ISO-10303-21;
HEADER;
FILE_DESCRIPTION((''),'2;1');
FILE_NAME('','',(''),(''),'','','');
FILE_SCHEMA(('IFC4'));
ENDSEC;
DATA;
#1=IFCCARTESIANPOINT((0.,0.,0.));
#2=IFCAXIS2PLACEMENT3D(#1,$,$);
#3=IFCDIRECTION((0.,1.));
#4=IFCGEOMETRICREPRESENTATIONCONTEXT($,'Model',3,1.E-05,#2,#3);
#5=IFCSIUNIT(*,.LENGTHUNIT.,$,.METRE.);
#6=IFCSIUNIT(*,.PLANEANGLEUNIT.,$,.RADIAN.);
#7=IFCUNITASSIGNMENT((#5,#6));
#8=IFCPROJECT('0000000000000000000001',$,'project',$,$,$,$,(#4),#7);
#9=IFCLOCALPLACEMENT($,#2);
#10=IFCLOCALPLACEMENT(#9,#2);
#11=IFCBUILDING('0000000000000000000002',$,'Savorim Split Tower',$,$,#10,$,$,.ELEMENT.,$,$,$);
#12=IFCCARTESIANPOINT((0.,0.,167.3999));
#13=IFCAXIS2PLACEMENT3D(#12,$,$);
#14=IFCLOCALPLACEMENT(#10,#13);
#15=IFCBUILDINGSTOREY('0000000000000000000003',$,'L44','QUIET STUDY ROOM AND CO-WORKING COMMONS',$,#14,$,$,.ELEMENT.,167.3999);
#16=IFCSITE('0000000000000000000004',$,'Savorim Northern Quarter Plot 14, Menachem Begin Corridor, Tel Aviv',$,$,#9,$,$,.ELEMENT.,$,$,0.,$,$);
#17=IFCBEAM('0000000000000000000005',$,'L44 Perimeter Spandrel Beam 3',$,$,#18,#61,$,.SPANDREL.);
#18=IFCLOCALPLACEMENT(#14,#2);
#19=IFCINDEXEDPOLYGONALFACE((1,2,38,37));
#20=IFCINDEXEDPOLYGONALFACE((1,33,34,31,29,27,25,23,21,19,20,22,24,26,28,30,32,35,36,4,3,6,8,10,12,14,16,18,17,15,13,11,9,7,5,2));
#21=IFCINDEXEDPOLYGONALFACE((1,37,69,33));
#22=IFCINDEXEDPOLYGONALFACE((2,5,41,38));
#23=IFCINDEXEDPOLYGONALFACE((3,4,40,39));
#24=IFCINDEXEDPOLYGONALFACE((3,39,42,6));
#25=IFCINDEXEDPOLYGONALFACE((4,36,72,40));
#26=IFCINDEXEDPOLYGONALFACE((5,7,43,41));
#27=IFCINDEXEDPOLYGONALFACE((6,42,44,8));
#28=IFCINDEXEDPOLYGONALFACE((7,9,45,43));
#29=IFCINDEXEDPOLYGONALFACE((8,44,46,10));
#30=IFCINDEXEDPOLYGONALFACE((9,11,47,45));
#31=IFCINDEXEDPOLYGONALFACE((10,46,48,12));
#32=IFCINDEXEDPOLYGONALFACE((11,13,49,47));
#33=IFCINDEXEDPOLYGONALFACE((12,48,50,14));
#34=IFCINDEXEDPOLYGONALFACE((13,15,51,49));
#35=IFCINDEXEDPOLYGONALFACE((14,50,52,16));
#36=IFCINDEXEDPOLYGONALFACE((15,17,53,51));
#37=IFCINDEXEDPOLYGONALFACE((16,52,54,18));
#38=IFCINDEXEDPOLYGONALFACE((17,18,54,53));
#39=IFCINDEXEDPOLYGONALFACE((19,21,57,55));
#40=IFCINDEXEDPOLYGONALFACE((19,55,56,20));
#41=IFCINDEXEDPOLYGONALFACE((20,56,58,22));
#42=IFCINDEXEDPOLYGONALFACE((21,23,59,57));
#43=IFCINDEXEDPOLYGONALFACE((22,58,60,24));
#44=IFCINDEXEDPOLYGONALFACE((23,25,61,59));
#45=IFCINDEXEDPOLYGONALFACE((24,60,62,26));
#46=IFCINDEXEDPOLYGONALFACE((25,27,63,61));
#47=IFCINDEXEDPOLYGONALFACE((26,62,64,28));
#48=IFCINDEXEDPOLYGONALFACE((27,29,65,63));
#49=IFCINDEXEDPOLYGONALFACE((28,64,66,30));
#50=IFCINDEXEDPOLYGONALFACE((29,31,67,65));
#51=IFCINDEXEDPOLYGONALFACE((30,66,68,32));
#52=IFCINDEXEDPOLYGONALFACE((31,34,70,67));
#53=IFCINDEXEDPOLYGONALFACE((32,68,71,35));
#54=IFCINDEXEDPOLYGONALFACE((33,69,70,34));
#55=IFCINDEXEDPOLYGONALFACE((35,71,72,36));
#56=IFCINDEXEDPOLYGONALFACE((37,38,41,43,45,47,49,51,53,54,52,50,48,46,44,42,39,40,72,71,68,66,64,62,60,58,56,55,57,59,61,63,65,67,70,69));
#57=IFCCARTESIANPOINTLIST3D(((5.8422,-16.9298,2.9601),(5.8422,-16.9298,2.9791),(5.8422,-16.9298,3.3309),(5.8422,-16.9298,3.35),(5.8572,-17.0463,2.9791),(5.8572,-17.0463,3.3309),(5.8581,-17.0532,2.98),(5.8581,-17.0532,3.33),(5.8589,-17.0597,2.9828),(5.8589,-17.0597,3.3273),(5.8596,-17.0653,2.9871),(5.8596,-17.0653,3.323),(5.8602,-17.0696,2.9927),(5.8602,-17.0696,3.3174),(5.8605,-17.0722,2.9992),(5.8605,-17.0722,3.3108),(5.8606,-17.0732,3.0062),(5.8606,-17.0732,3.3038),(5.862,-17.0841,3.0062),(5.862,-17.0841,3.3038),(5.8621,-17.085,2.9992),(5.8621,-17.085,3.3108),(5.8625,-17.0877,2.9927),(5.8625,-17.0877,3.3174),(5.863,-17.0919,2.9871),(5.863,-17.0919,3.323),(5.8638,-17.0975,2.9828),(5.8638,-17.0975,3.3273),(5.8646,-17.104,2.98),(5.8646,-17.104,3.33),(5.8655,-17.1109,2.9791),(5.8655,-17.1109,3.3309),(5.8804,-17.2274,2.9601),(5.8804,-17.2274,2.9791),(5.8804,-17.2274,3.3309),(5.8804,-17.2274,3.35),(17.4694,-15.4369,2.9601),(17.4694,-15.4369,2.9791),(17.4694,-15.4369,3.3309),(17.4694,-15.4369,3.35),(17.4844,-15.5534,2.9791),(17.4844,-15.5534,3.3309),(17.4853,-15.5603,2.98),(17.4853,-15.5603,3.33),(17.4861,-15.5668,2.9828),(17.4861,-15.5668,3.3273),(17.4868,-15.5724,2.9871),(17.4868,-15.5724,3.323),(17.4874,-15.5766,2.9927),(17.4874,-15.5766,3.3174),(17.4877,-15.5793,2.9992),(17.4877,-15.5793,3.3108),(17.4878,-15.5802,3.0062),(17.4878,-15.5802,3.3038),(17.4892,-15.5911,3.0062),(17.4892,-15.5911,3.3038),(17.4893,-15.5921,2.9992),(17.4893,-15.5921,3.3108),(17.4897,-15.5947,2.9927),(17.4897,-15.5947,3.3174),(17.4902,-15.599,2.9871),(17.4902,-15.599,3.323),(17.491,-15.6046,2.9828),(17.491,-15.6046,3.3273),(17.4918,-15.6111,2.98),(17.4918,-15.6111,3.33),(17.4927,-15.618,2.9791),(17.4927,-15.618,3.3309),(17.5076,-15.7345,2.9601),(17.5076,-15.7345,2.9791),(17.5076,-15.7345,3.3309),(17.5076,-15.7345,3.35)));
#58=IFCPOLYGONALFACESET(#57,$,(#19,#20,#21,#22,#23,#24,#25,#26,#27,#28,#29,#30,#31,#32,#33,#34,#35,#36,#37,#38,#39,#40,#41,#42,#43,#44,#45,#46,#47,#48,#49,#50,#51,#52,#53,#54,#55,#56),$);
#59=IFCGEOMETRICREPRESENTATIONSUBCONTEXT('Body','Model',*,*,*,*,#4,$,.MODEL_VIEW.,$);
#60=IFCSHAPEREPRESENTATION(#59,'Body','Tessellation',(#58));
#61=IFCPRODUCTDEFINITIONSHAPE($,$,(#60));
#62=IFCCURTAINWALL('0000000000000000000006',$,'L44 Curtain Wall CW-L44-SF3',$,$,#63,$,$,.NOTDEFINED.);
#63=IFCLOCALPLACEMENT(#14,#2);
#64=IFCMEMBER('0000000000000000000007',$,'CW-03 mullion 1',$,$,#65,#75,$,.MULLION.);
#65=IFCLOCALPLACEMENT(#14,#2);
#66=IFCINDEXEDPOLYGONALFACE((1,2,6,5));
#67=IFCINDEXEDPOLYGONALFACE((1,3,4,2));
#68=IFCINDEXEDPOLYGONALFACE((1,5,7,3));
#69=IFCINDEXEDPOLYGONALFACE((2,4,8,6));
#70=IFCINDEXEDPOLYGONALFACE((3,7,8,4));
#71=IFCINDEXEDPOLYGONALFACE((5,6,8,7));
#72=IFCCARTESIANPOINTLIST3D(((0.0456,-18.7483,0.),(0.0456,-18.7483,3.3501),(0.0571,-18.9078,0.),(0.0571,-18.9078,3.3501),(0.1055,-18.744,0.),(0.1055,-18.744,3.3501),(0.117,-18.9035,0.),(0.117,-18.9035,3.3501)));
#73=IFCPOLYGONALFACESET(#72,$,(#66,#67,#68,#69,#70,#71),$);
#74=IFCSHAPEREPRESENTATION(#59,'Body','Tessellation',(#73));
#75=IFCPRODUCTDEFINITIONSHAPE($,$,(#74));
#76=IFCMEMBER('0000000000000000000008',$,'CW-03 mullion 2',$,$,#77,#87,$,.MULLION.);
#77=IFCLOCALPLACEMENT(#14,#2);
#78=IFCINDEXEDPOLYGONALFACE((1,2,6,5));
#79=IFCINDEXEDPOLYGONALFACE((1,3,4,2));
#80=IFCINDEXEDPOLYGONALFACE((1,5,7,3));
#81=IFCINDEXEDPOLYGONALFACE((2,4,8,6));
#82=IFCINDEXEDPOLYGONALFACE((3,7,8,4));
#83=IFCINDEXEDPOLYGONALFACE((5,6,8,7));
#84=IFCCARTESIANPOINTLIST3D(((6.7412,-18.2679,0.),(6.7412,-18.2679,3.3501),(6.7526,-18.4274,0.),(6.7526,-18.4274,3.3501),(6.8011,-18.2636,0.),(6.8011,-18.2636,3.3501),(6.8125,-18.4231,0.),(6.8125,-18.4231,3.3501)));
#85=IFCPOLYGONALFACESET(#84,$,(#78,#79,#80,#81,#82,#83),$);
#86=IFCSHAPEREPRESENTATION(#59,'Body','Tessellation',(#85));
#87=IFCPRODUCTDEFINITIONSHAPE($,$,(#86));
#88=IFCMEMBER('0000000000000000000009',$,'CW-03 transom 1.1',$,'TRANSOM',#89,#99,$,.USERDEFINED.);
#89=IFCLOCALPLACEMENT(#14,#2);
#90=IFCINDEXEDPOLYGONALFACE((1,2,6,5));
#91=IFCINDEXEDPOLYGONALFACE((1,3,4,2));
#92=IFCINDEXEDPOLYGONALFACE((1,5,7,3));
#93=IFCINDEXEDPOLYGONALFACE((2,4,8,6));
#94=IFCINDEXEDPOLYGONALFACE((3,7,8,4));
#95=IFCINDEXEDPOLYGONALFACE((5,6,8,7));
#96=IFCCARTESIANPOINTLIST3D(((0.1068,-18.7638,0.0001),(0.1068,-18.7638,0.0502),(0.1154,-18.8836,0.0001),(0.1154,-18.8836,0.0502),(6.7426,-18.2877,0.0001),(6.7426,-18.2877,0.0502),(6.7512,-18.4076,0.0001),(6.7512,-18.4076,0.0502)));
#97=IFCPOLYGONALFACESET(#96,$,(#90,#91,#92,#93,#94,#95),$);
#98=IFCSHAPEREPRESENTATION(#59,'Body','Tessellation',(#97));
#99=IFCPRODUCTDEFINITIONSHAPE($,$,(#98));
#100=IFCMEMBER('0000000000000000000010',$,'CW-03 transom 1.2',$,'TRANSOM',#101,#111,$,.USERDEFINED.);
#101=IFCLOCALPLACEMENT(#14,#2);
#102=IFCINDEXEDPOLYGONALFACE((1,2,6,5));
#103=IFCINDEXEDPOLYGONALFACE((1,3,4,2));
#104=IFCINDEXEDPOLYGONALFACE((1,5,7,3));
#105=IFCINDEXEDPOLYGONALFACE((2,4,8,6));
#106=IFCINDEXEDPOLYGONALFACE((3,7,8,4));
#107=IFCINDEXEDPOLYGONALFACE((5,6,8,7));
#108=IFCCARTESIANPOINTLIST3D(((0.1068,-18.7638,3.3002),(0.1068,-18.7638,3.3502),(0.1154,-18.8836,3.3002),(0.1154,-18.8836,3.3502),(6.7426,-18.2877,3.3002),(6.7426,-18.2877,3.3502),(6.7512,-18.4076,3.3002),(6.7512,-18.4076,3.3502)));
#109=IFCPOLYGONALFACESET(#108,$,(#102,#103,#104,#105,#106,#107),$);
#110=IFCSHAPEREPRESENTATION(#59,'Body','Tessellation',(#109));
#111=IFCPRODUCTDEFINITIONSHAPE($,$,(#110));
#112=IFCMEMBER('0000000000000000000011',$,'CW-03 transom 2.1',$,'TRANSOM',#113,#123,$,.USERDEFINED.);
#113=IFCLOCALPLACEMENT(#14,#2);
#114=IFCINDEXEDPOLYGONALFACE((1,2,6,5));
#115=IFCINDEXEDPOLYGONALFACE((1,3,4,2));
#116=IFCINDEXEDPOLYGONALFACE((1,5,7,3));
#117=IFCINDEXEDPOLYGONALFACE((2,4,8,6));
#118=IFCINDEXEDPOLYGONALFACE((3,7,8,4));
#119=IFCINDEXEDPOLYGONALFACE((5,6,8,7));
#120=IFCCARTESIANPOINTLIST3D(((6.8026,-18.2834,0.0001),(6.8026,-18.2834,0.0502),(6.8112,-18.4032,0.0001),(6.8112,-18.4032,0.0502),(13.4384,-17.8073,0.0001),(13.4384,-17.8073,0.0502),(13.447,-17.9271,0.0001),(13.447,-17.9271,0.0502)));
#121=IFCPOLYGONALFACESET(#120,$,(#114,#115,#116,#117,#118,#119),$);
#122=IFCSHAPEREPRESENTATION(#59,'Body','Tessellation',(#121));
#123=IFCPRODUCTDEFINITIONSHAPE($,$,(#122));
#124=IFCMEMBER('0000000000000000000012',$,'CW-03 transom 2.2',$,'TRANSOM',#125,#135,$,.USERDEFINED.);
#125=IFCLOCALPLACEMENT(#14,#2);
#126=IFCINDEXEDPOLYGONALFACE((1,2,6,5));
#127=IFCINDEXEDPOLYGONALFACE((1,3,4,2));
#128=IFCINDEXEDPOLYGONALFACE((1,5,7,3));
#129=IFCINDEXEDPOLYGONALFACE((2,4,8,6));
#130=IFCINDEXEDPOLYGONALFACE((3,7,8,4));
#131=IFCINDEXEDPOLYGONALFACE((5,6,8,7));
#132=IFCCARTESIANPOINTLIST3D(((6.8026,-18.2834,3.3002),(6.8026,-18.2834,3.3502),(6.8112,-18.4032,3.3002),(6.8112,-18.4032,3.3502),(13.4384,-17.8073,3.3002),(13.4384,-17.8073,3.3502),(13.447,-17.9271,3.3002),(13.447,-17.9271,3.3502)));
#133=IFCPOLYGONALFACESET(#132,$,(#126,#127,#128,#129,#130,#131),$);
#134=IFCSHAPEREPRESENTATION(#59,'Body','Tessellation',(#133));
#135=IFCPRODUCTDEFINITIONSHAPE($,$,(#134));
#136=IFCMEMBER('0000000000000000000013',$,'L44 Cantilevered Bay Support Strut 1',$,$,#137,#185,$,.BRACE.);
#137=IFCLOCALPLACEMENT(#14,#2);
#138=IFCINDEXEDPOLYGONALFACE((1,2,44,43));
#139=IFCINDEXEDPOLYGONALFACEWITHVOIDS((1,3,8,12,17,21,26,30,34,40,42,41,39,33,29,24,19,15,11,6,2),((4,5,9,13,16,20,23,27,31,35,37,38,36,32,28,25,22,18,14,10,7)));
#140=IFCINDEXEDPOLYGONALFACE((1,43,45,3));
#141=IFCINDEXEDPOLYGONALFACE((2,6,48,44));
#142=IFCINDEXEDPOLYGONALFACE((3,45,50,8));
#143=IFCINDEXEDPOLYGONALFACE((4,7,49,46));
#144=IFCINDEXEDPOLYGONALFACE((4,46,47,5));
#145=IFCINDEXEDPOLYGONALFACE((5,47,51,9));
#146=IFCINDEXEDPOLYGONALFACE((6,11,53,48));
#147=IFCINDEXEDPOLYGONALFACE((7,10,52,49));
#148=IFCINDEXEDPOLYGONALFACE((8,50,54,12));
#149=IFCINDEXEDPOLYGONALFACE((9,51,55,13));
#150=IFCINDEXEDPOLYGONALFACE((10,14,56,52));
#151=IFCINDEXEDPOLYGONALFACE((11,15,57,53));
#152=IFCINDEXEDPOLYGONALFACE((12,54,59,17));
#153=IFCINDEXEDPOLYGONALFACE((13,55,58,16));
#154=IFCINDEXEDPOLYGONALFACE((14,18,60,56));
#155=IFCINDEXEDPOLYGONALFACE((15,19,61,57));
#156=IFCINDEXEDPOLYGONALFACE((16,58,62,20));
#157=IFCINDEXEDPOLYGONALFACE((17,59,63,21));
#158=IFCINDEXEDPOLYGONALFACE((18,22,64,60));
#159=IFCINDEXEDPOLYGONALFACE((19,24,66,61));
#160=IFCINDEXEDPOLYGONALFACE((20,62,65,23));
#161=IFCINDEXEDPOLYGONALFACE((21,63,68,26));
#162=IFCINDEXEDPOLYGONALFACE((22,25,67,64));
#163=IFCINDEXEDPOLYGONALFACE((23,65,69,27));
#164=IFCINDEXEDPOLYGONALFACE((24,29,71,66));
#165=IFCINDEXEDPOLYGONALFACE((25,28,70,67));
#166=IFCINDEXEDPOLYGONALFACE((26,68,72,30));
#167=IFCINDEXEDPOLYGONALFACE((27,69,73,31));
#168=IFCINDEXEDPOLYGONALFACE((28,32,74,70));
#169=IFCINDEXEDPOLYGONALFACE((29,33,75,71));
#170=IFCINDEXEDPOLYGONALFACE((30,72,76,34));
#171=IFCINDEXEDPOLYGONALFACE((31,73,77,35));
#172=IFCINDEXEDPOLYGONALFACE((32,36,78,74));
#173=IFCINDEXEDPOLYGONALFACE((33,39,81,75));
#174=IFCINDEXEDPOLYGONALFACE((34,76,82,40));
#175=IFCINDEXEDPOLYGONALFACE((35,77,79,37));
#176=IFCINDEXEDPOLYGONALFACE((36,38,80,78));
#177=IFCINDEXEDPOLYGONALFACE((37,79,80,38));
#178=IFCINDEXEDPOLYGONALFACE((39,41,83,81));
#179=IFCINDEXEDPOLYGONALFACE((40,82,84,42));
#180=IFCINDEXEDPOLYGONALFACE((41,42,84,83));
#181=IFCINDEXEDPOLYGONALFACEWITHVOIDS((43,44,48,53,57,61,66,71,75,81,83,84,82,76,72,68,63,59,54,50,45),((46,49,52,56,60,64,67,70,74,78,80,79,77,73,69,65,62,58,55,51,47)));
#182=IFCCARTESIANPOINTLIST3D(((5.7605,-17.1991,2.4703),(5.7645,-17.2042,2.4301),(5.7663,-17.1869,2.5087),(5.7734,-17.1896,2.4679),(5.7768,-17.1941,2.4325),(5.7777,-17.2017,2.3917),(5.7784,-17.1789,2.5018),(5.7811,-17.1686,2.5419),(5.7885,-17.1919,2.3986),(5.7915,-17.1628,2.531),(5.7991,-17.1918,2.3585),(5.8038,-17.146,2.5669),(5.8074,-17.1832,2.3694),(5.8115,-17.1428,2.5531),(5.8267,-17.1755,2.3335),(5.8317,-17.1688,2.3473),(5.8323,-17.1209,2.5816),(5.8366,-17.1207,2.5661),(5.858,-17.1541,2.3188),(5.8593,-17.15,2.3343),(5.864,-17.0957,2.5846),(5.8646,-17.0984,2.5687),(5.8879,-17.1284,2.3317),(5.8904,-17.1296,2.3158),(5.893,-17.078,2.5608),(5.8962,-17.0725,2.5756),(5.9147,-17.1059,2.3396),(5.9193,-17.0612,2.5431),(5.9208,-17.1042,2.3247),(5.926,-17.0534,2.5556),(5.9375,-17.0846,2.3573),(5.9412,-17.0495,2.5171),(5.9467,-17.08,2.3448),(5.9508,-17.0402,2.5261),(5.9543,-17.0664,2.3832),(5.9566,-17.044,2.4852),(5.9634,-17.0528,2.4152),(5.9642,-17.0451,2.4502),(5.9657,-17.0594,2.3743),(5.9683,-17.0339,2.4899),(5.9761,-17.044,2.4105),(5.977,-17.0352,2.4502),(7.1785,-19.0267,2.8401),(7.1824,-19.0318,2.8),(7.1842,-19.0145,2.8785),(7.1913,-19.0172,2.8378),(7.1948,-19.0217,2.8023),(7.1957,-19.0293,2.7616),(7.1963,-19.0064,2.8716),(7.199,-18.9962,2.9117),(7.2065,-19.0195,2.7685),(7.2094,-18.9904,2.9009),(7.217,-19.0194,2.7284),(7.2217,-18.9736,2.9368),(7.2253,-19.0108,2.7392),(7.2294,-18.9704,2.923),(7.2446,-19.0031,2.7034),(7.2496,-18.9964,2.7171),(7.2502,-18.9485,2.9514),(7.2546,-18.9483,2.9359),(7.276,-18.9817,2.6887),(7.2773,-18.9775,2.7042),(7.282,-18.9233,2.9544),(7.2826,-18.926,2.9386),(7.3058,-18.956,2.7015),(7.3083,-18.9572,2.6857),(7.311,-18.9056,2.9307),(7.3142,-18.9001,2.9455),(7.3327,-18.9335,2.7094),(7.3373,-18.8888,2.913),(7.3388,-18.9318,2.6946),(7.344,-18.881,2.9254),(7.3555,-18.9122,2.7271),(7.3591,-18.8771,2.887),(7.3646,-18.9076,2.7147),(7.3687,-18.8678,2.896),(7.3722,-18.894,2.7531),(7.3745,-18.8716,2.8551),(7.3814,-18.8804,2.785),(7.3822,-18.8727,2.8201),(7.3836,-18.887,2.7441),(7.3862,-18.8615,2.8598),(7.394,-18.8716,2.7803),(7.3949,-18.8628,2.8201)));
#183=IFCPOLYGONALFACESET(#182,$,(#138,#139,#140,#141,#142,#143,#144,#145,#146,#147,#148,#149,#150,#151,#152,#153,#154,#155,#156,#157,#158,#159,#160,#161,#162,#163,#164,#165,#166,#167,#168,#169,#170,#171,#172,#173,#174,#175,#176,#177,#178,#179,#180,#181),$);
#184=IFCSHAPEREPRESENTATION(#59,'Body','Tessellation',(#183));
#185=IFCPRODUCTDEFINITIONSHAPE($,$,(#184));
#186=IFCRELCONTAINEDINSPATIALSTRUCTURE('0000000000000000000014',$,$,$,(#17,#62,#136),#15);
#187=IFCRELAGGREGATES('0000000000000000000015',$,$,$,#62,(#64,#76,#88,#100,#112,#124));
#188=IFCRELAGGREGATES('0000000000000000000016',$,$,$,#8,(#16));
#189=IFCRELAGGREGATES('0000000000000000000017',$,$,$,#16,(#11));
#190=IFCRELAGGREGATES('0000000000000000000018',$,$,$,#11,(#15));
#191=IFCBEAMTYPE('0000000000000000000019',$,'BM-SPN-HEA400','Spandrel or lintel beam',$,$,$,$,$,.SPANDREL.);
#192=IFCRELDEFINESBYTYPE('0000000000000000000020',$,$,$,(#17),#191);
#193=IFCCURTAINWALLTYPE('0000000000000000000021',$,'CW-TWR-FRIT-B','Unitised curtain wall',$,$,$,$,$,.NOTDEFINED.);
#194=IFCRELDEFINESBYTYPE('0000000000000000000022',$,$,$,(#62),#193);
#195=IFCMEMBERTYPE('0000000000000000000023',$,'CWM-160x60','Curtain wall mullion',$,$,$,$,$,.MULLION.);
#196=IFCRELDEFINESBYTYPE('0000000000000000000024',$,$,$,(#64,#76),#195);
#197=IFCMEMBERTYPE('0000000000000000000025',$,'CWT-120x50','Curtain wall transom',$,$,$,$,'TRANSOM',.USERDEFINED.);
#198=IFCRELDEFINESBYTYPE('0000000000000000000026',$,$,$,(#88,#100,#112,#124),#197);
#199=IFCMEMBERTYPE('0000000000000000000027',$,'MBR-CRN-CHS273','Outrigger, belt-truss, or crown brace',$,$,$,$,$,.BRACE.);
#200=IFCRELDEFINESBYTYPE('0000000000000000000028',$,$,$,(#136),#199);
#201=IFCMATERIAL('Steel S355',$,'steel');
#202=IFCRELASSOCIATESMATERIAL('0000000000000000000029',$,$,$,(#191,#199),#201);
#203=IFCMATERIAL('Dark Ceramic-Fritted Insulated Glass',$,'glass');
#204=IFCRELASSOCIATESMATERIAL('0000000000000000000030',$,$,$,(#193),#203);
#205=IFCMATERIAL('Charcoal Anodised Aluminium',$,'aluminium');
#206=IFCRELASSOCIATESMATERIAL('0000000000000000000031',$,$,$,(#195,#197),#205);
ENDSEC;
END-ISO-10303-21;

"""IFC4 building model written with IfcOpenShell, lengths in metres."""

from ifc_helpers import new_model, si_unit, direction, frame, origin, origin_2d, place, context, subcontext, project, spatial, rectangle, hollow_circle, i_section, extrude, material, material_profile, profile_set, type_object, element, aggregate, save


model = new_model("IFC4")

# Units and contexts
model_context = context("Model", 3, precision=1e-05, world=origin(), true_north=direction((0.0, 1.0)))
body_context = subcontext(model_context, "Body", "Model", "MODEL_VIEW")
ifc_project = project(units=[si_unit("LENGTHUNIT", "METRE"), si_unit("PLANEANGLEUNIT", "RADIAN")], contexts=[model_context])

# Site, building, storey
site_placement = place(None, origin())
site = spatial("IfcSite", under=ifc_project, at=site_placement, Name="Savorim Northern Quarter Plot 14, Menachem Begin Corridor, Tel Aviv", CompositionType="ELEMENT", RefElevation=0.0)
building_placement = place(site_placement, origin())
building = spatial("IfcBuilding", under=site, at=building_placement, Name="Savorim Split Tower", CompositionType="ELEMENT")
storey_placement = place(building_placement, frame((0.0, 0.0, 167.3999)))
storey = spatial("IfcBuildingStorey", under=building, at=storey_placement, Name="L44", Description="QUIET STUDY ROOM AND CO-WORKING COMMONS", CompositionType="ELEMENT", Elevation=167.3999)

# Beam
ifc_material_1 = material(Name="Steel S355", Category="steel")
ifc_material_profile_1 = material_profile(ifc_material_1, i_section(OverallWidth=0.3, OverallDepth=0.3899, WebThickness=0.011, FlangeThickness=0.019, FilletRadius=0.0271, at=origin_2d()), Name="HEA 400")
ifc_profile_set_1 = profile_set([ifc_material_profile_1], Name="Steel S355")
beam_type_1 = type_object("IfcBeamType", Name="BM-SPN-HEA400", Description="Spandrel or lintel beam", PredefinedType="SPANDREL", material=ifc_profile_set_1)
beam_1_placement = place(storey_placement, frame((5.8613, -17.0786, 3.155), z_axis=(0.991857, 0.127353, 0.0), x_axis=(-0.127353, 0.991857, 0.0)))
element("IfcBeam", 1, at=beam_1_placement, inside=storey, type_object=beam_type_1, Name="L44 Perimeter Spandrel Beam 3", PredefinedType="SPANDREL", context=body_context, shape_type="SweptSolid", body=[
    extrude(i_section(OverallWidth=0.3, OverallDepth=0.3899, WebThickness=0.011, FlangeThickness=0.019, FilletRadius=0.0271, at=origin_2d()), origin(), (0.0, 0.0, 1.0), 11.7227),
])

# Curtain wall, members
ifc_material_2 = material(Name="Dark Ceramic-Fritted Insulated Glass", Category="glass")
curtain_wall_type = type_object("IfcCurtainWallType", Name="CW-TWR-FRIT-B", Description="Unitised curtain wall", PredefinedType="NOTDEFINED", material=ifc_material_2)
curtain_wall_placement = place(storey_placement, origin())
curtain_wall = element("IfcCurtainWall", 2, at=curtain_wall_placement, inside=storey, type_object=curtain_wall_type, Name="L44 Curtain Wall CW-L44-SF3", PredefinedType="NOTDEFINED")
ifc_material_3 = material(Name="Charcoal Anodised Aluminium", Category="aluminium")
ifc_material_profile_2 = material_profile(ifc_material_3, rectangle(XDim=0.1599, YDim=0.0601, at=origin_2d()), Name="ALU-M 160x60")
ifc_profile_set_2 = profile_set([ifc_material_profile_2], Name="Charcoal Anodised Aluminium")
member_type_1 = type_object("IfcMemberType", Name="CWM-160x60", Description="Curtain wall mullion", PredefinedType="MULLION", material=ifc_profile_set_2)
member_1_placement = place(storey_placement, frame((0.0813, -18.8259, 0.0), z_axis=(0.0, 0.0, 1.0), x_axis=(-0.071557, 0.997436, 0.0)))
member_1 = element("IfcMember", 3, at=member_1_placement, type_object=member_type_1, Name="CW-03 mullion 1", PredefinedType="MULLION", context=body_context, shape_type="SweptSolid", body=[
    extrude(rectangle(XDim=0.1599, YDim=0.0601, at=origin_2d()), origin(), (0.0, 0.0, 1.0), 3.3501),
])
member_2_placement = place(storey_placement, frame((6.7769, -18.3455, 0.0), z_axis=(0.0, 0.0, 1.0), x_axis=(-0.071557, 0.997436, 0.0)))
member_2 = element("IfcMember", 4, at=member_2_placement, type_object=member_type_1, Name="CW-03 mullion 2", PredefinedType="MULLION", context=body_context, shape_type="SweptSolid", body=[
    extrude(rectangle(XDim=0.1599, YDim=0.0601, at=origin_2d()), origin(), (0.0, 0.0, 1.0), 3.3501),
])
ifc_material_profile_3 = material_profile(ifc_material_3, rectangle(XDim=0.1201, YDim=0.05, at=origin_2d()), Name="ALU-T 120x50")
ifc_profile_set_3 = profile_set([ifc_material_profile_3], Name="Charcoal Anodised Aluminium")
member_type_2 = type_object("IfcMemberType", Name="CWT-120x50", Description="Curtain wall transom", ElementType="TRANSOM", PredefinedType="USERDEFINED", material=ifc_profile_set_3)
member_3_placement = place(storey_placement, frame((0.1111, -18.8237, 0.0251), z_axis=(0.997436, 0.07156, 0.0), x_axis=(-0.07156, 0.997436, 0.0)))
member_3 = element("IfcMember", 5, at=member_3_placement, type_object=member_type_2, Name="CW-03 transom 1.1", ObjectType="TRANSOM", PredefinedType="USERDEFINED", context=body_context, shape_type="SweptSolid", body=[
    extrude(rectangle(XDim=0.1201, YDim=0.05, at=origin_2d()), origin(), (0.0, 0.0, 1.0), 6.6528),
])
member_4_placement = place(storey_placement, frame((0.1111, -18.8237, 3.3252), z_axis=(0.997436, 0.07156, 0.0), x_axis=(-0.07156, 0.997436, 0.0)))
member_4 = element("IfcMember", 6, at=member_4_placement, type_object=member_type_2, Name="CW-03 transom 1.2", ObjectType="TRANSOM", PredefinedType="USERDEFINED", context=body_context, shape_type="SweptSolid", body=[
    extrude(rectangle(XDim=0.1201, YDim=0.05, at=origin_2d()), origin(), (0.0, 0.0, 1.0), 6.6528),
])
member_5_placement = place(storey_placement, frame((6.8069, -18.3433, 0.0251), z_axis=(0.997436, 0.07156, 0.0), x_axis=(-0.07156, 0.997436, 0.0)))
member_5 = element("IfcMember", 7, at=member_5_placement, type_object=member_type_2, Name="CW-03 transom 2.1", ObjectType="TRANSOM", PredefinedType="USERDEFINED", context=body_context, shape_type="SweptSolid", body=[
    extrude(rectangle(XDim=0.1201, YDim=0.05, at=origin_2d()), origin(), (0.0, 0.0, 1.0), 6.6528),
])
member_6_placement = place(storey_placement, frame((6.8069, -18.3433, 3.3252), z_axis=(0.997436, 0.07156, 0.0), x_axis=(-0.07156, 0.997436, 0.0)))
member_6 = element("IfcMember", 8, at=member_6_placement, type_object=member_type_2, Name="CW-03 transom 2.2", ObjectType="TRANSOM", PredefinedType="USERDEFINED", context=body_context, shape_type="SweptSolid", body=[
    extrude(rectangle(XDim=0.1201, YDim=0.05, at=origin_2d()), origin(), (0.0, 0.0, 1.0), 6.6528),
])

# Member
ifc_material_profile_4 = material_profile(ifc_material_1, hollow_circle(Radius=0.1365, WallThickness=0.0161, at=origin_2d()), Name="CHS 273x16")
ifc_profile_set_4 = profile_set([ifc_material_profile_4], Name="Steel S355")
member_type_3 = type_object("IfcMemberType", Name="MBR-CRN-CHS273", Description="Outrigger, belt-truss, or crown brace", PredefinedType="BRACE", material=ifc_profile_set_4)
member_7_placement = place(storey_placement, frame((5.8691, -17.1189, 2.4502), z_axis=(0.605301, -0.78018, 0.157891), x_axis=(0.79009, 0.61299, 0.0)))
element("IfcMember", 9, at=member_7_placement, inside=storey, type_object=member_type_3, Name="L44 Cantilevered Bay Support Strut 1", PredefinedType="BRACE", context=body_context, shape_type="SweptSolid", body=[
    extrude(hollow_circle(Radius=0.1365, WallThickness=0.0161, at=origin_2d()), origin(), (0.0, 0.0, 1.0), 2.3425),
])

aggregate(curtain_wall, [member_1, member_2, member_3, member_4, member_5, member_6])

save(model, "model.ifc")
